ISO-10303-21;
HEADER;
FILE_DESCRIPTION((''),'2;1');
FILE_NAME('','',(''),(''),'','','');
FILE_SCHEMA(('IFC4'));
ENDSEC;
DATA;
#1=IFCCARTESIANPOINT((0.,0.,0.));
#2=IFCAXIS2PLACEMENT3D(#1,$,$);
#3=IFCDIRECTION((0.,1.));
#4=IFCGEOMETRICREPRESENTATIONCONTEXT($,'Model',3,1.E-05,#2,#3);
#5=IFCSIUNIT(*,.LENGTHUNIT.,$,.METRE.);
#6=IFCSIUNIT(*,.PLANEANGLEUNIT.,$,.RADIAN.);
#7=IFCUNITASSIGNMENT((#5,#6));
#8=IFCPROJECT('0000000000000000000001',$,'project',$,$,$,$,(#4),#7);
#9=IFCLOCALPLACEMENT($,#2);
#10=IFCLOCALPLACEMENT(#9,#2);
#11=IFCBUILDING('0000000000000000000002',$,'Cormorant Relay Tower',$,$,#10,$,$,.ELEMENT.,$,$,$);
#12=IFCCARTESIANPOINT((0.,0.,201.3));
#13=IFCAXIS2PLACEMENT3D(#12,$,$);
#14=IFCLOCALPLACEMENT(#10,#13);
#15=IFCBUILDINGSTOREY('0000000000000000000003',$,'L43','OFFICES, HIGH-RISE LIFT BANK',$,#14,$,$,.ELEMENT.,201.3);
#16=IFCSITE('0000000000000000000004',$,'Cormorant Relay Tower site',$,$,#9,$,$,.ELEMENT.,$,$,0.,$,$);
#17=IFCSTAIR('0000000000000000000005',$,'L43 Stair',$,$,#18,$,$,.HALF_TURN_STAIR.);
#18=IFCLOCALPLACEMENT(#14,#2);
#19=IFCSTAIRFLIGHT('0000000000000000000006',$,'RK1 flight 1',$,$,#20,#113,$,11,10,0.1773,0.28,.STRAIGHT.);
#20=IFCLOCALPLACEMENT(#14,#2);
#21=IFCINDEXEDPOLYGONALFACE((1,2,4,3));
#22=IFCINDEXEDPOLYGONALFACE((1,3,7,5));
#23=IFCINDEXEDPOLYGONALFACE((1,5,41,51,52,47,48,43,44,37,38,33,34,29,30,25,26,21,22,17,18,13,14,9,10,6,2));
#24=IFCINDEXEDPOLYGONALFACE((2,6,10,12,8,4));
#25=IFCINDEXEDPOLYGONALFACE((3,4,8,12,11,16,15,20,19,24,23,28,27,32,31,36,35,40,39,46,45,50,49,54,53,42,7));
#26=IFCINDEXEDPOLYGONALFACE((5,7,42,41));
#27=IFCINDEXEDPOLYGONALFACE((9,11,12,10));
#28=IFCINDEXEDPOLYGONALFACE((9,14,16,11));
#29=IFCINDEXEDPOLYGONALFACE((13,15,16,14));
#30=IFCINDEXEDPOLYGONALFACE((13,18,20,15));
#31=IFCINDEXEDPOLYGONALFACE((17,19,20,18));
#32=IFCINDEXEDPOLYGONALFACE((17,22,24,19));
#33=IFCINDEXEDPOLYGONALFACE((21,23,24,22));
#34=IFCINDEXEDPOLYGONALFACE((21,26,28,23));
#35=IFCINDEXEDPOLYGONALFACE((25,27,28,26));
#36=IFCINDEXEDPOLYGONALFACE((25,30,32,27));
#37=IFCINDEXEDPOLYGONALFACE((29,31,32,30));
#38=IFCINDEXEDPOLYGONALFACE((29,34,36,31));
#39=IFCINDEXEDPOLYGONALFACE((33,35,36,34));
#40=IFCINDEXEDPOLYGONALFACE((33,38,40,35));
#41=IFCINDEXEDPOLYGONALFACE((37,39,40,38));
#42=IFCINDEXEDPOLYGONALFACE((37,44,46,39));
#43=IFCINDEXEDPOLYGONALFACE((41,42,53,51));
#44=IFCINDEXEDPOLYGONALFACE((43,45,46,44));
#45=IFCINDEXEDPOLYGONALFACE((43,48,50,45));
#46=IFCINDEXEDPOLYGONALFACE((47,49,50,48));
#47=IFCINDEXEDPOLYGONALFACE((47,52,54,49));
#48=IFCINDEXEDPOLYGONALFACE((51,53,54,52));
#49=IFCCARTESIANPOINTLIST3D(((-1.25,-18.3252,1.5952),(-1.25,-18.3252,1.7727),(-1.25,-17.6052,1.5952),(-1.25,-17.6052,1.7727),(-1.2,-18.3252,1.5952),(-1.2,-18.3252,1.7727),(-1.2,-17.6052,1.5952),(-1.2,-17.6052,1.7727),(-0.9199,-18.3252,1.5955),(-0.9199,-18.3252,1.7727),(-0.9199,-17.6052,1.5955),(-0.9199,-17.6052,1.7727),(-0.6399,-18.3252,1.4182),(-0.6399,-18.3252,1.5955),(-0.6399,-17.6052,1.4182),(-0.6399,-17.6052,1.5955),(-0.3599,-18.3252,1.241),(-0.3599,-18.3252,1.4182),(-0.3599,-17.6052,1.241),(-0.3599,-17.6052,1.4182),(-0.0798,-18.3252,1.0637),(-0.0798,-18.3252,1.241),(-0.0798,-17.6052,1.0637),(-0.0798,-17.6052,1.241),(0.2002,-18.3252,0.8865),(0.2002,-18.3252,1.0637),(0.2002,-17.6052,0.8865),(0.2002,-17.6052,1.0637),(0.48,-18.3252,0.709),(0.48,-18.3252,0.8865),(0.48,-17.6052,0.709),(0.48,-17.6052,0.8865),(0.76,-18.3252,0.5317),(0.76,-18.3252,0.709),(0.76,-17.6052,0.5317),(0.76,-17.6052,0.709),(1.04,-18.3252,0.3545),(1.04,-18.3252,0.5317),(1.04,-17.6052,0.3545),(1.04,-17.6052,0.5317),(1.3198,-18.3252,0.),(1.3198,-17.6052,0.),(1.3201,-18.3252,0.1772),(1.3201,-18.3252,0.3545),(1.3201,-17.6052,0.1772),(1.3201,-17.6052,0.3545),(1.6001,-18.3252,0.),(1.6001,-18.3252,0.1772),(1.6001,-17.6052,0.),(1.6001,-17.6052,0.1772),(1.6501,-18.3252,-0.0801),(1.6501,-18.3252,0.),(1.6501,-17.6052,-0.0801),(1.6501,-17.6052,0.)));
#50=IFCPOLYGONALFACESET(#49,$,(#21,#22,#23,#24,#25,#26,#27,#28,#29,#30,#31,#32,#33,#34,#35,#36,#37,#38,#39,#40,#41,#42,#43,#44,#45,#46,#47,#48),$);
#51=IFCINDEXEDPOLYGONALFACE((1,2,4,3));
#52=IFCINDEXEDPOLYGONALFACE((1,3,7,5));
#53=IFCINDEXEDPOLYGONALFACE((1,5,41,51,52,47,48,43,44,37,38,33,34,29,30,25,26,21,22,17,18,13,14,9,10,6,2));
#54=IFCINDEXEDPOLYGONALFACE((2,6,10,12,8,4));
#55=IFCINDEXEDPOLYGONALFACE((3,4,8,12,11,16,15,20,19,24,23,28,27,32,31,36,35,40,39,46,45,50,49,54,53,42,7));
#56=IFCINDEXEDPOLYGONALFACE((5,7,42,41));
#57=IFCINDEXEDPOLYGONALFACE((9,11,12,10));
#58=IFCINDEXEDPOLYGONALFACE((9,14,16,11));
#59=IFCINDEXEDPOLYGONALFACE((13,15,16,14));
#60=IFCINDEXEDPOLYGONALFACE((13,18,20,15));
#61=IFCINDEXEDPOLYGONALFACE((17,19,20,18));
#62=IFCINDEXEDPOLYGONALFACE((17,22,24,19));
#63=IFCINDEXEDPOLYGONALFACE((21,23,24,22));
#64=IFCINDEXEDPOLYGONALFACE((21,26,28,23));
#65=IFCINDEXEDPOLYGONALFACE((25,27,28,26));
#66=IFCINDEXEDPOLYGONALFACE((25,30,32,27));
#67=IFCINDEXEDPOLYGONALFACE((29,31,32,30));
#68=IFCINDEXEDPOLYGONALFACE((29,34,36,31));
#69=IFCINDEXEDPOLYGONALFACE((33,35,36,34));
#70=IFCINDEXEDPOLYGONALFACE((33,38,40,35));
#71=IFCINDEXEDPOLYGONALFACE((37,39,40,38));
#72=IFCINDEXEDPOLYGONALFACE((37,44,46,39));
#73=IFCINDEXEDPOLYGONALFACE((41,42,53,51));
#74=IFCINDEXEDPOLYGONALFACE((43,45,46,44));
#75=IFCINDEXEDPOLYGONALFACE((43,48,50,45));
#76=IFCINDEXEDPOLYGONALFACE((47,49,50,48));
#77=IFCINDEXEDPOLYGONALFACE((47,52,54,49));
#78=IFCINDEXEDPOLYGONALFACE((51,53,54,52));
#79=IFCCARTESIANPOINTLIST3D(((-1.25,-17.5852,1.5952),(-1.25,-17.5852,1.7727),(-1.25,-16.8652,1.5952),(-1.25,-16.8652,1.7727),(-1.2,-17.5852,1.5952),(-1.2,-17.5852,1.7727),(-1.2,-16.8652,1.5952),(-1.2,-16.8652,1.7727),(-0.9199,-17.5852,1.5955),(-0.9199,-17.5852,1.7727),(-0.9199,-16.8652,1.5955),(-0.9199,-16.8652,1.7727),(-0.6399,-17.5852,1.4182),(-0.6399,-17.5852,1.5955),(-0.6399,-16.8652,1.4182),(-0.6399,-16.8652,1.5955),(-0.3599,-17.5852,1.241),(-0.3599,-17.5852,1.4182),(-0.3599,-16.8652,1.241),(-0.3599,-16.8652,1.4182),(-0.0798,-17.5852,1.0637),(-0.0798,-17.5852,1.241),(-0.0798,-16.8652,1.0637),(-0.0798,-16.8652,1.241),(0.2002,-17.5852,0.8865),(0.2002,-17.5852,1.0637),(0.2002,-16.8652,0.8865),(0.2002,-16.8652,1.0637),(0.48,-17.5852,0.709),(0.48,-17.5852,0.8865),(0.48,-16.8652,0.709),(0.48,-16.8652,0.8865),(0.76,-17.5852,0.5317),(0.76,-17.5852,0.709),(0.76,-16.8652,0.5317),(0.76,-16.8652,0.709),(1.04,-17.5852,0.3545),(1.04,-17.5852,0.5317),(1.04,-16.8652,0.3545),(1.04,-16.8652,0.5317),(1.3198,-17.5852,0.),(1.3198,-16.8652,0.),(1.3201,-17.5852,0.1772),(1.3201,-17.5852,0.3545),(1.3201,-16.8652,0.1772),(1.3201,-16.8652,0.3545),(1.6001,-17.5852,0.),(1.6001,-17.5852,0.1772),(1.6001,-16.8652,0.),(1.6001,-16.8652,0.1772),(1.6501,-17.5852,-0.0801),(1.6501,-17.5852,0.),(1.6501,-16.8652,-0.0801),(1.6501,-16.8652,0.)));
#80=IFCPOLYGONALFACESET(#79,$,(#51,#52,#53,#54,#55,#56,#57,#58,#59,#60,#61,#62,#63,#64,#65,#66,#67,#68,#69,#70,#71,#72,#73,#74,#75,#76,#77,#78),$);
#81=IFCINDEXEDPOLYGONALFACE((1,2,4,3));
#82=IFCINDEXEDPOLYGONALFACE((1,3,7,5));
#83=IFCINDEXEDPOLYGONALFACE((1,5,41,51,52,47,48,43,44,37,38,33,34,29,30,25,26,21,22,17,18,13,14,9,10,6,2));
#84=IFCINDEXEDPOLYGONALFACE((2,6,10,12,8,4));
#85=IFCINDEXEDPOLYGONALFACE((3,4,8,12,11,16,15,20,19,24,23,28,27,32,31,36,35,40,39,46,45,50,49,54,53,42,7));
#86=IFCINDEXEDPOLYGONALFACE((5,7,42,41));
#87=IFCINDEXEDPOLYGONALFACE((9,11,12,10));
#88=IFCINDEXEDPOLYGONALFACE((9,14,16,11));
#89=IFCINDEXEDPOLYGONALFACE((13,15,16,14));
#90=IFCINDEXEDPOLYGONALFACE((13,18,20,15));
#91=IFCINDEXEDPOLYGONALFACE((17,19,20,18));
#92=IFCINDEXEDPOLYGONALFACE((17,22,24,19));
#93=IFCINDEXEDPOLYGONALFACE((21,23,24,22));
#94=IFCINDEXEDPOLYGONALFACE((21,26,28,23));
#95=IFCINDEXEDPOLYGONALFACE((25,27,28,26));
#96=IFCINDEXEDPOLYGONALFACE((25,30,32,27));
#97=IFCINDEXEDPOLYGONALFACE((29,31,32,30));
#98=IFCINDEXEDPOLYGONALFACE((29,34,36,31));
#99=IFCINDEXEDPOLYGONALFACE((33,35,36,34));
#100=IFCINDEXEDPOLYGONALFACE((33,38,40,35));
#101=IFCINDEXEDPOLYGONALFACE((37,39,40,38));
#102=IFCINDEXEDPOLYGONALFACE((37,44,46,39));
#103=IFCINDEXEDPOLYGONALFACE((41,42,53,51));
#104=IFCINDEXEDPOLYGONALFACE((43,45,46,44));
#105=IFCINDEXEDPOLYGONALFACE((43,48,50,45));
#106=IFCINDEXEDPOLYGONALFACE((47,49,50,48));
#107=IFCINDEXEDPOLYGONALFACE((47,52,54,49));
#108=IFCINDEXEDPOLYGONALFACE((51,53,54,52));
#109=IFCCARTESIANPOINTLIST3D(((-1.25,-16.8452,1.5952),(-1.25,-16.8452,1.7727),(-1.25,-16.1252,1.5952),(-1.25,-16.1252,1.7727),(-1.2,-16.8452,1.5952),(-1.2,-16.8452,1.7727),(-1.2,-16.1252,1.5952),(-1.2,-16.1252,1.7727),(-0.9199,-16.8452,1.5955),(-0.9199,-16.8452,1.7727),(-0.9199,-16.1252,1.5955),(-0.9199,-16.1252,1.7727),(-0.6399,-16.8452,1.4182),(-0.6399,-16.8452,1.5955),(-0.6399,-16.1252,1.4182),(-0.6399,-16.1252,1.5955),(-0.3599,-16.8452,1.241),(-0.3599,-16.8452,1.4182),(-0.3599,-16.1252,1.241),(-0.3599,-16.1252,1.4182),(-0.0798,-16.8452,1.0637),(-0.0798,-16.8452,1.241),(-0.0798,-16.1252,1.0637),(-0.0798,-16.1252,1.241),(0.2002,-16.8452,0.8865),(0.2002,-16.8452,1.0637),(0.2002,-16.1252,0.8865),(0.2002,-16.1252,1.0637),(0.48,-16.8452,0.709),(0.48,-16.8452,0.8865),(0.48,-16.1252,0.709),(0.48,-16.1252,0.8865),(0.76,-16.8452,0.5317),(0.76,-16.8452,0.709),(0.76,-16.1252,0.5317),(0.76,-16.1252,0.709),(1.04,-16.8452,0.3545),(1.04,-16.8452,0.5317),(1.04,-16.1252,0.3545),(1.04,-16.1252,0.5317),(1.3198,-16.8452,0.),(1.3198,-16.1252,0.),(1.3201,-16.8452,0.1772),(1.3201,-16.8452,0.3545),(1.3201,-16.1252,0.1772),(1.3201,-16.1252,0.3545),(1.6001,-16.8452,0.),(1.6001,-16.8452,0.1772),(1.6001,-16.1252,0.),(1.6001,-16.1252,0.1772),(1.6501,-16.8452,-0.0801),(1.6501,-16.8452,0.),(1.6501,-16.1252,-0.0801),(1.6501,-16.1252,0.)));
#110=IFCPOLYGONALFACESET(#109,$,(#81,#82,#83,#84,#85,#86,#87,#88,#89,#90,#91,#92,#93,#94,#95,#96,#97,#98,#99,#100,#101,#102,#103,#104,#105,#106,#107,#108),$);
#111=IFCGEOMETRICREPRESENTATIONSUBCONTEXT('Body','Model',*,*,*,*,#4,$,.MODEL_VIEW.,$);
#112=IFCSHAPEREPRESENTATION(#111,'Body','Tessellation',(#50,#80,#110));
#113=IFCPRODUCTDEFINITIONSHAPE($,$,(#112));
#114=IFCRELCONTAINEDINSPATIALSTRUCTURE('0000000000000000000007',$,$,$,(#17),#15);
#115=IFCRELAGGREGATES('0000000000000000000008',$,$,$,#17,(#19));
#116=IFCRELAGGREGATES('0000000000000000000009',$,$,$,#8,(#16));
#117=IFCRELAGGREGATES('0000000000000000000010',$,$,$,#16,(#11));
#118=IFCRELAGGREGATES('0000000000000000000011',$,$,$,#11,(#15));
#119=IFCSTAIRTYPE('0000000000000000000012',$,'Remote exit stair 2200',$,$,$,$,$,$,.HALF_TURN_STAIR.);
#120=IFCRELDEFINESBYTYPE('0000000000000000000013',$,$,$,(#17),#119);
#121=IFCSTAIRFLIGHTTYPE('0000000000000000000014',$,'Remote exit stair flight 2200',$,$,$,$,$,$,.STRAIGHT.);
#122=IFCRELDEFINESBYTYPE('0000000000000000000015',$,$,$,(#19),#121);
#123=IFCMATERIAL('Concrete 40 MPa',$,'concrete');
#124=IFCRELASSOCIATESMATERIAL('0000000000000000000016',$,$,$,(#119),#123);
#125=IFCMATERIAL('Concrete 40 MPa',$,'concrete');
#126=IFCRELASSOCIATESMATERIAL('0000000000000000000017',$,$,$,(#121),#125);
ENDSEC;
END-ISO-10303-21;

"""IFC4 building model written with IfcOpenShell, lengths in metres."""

from ifc_helpers import new_model, si_unit, direction, frame, origin, place, context, subcontext, project, spatial, polyline, outline, extrude, material, type_object, element, aggregate, save


model = new_model("IFC4")

# Units and contexts
model_context = context("Model", 3, precision=1e-05, world=origin(), true_north=direction((0.0, 1.0)))
body_context = subcontext(model_context, "Body", "Model", "MODEL_VIEW")
ifc_project = project(units=[si_unit("LENGTHUNIT", "METRE"), si_unit("PLANEANGLEUNIT", "RADIAN")], contexts=[model_context])

# Site, building, storey
site_placement = place(None, origin())
site = spatial("IfcSite", under=ifc_project, at=site_placement, Name="Cormorant Relay Tower site", CompositionType="ELEMENT", RefElevation=0.0)
building_placement = place(site_placement, origin())
building = spatial("IfcBuilding", under=site, at=building_placement, Name="Cormorant Relay Tower", CompositionType="ELEMENT")
storey_placement = place(building_placement, frame((0.0, 0.0, 201.3)))
storey = spatial("IfcBuildingStorey", under=building, at=storey_placement, Name="L43", Description="OFFICES, HIGH-RISE LIFT BANK", CompositionType="ELEMENT", Elevation=201.3)

# Stair, stair flight
ifc_material_1 = material(Name="Concrete 40 MPa", Category="concrete")
stair_type = type_object("IfcStairType", Name="Remote exit stair 2200", PredefinedType="HALF_TURN_STAIR", material=ifc_material_1)
stair_placement = place(storey_placement, origin())
stair = element("IfcStair", 1, at=stair_placement, inside=storey, type_object=stair_type, Name="L43 Stair", PredefinedType="HALF_TURN_STAIR")
ifc_material_2 = material(Name="Concrete 40 MPa", Category="concrete")
stair_flight_type = type_object("IfcStairFlightType", Name="Remote exit stair flight 2200", PredefinedType="STRAIGHT", material=ifc_material_2)
stair_flight_1_placement = place(storey_placement, frame((1.6001, -17.2251, 0.0), z_axis=(0.0, 0.0, 1.0), x_axis=(-1.0, 0.0, 0.0)))
stair_flight_1 = element("IfcStairFlight", 2, at=stair_flight_1_placement, type_object=stair_flight_type, Name="RK1 flight 1", NumberOfRisers=11, NumberOfTreads=10, PredefinedType="STRAIGHT", RiserHeight=0.1773, TreadLength=0.28, context=body_context, shape_type="SweptSolid", body=[
    extrude(outline(polyline([(-0.05, -0.0801), (-0.05, 0.0), (0.0, 0.0), (0.0, 0.1772), (0.28, 0.1772), (0.28, 0.3545), (0.5601, 0.3545), (0.5601, 0.5317), (0.8401, 0.5317), (0.8401, 0.709), (1.1201, 0.709), (1.1201, 0.8865), (1.3999, 0.8865), (1.3999, 1.0637), (1.6799, 1.0637), (1.6799, 1.241), (1.96, 1.241), (1.96, 1.4182), (2.24, 1.4182), (2.24, 1.5955), (2.52, 1.5955), (2.52, 1.7727), (2.8, 1.7727), (2.8501, 1.7727), (2.8501, 1.5952), (2.8, 1.5952), (0.2803, 0.0), (-0.05, -0.0801)])), frame((0.0, 1.1001, 0.0), z_axis=(0.0, -1.0, 0.0), x_axis=(1.0, 0.0, 0.0)), (0.0, 0.0, 1.0), 0.72),
    extrude(outline(polyline([(-0.05, -0.0801), (-0.05, 0.0), (0.0, 0.0), (0.0, 0.1772), (0.28, 0.1772), (0.28, 0.3545), (0.5601, 0.3545), (0.5601, 0.5317), (0.8401, 0.5317), (0.8401, 0.709), (1.1201, 0.709), (1.1201, 0.8865), (1.3999, 0.8865), (1.3999, 1.0637), (1.6799, 1.0637), (1.6799, 1.241), (1.96, 1.241), (1.96, 1.4182), (2.24, 1.4182), (2.24, 1.5955), (2.52, 1.5955), (2.52, 1.7727), (2.8, 1.7727), (2.8501, 1.7727), (2.8501, 1.5952), (2.8, 1.5952), (0.2803, 0.0), (-0.05, -0.0801)])), frame((0.0, 0.3601, 0.0), z_axis=(0.0, -1.0, 0.0), x_axis=(1.0, 0.0, 0.0)), (0.0, 0.0, 1.0), 0.72),
    extrude(outline(polyline([(-0.05, -0.0801), (-0.05, 0.0), (0.0, 0.0), (0.0, 0.1772), (0.28, 0.1772), (0.28, 0.3545), (0.5601, 0.3545), (0.5601, 0.5317), (0.8401, 0.5317), (0.8401, 0.709), (1.1201, 0.709), (1.1201, 0.8865), (1.3999, 0.8865), (1.3999, 1.0637), (1.6799, 1.0637), (1.6799, 1.241), (1.96, 1.241), (1.96, 1.4182), (2.24, 1.4182), (2.24, 1.5955), (2.52, 1.5955), (2.52, 1.7727), (2.8, 1.7727), (2.8501, 1.7727), (2.8501, 1.5952), (2.8, 1.5952), (0.2803, 0.0), (-0.05, -0.0801)])), frame((0.0, -0.3799, 0.0), z_axis=(0.0, -1.0, 0.0), x_axis=(1.0, 0.0, 0.0)), (0.0, 0.0, 1.0), 0.72),
])
aggregate(stair, [stair_flight_1])

save(model, "model.ifc")
